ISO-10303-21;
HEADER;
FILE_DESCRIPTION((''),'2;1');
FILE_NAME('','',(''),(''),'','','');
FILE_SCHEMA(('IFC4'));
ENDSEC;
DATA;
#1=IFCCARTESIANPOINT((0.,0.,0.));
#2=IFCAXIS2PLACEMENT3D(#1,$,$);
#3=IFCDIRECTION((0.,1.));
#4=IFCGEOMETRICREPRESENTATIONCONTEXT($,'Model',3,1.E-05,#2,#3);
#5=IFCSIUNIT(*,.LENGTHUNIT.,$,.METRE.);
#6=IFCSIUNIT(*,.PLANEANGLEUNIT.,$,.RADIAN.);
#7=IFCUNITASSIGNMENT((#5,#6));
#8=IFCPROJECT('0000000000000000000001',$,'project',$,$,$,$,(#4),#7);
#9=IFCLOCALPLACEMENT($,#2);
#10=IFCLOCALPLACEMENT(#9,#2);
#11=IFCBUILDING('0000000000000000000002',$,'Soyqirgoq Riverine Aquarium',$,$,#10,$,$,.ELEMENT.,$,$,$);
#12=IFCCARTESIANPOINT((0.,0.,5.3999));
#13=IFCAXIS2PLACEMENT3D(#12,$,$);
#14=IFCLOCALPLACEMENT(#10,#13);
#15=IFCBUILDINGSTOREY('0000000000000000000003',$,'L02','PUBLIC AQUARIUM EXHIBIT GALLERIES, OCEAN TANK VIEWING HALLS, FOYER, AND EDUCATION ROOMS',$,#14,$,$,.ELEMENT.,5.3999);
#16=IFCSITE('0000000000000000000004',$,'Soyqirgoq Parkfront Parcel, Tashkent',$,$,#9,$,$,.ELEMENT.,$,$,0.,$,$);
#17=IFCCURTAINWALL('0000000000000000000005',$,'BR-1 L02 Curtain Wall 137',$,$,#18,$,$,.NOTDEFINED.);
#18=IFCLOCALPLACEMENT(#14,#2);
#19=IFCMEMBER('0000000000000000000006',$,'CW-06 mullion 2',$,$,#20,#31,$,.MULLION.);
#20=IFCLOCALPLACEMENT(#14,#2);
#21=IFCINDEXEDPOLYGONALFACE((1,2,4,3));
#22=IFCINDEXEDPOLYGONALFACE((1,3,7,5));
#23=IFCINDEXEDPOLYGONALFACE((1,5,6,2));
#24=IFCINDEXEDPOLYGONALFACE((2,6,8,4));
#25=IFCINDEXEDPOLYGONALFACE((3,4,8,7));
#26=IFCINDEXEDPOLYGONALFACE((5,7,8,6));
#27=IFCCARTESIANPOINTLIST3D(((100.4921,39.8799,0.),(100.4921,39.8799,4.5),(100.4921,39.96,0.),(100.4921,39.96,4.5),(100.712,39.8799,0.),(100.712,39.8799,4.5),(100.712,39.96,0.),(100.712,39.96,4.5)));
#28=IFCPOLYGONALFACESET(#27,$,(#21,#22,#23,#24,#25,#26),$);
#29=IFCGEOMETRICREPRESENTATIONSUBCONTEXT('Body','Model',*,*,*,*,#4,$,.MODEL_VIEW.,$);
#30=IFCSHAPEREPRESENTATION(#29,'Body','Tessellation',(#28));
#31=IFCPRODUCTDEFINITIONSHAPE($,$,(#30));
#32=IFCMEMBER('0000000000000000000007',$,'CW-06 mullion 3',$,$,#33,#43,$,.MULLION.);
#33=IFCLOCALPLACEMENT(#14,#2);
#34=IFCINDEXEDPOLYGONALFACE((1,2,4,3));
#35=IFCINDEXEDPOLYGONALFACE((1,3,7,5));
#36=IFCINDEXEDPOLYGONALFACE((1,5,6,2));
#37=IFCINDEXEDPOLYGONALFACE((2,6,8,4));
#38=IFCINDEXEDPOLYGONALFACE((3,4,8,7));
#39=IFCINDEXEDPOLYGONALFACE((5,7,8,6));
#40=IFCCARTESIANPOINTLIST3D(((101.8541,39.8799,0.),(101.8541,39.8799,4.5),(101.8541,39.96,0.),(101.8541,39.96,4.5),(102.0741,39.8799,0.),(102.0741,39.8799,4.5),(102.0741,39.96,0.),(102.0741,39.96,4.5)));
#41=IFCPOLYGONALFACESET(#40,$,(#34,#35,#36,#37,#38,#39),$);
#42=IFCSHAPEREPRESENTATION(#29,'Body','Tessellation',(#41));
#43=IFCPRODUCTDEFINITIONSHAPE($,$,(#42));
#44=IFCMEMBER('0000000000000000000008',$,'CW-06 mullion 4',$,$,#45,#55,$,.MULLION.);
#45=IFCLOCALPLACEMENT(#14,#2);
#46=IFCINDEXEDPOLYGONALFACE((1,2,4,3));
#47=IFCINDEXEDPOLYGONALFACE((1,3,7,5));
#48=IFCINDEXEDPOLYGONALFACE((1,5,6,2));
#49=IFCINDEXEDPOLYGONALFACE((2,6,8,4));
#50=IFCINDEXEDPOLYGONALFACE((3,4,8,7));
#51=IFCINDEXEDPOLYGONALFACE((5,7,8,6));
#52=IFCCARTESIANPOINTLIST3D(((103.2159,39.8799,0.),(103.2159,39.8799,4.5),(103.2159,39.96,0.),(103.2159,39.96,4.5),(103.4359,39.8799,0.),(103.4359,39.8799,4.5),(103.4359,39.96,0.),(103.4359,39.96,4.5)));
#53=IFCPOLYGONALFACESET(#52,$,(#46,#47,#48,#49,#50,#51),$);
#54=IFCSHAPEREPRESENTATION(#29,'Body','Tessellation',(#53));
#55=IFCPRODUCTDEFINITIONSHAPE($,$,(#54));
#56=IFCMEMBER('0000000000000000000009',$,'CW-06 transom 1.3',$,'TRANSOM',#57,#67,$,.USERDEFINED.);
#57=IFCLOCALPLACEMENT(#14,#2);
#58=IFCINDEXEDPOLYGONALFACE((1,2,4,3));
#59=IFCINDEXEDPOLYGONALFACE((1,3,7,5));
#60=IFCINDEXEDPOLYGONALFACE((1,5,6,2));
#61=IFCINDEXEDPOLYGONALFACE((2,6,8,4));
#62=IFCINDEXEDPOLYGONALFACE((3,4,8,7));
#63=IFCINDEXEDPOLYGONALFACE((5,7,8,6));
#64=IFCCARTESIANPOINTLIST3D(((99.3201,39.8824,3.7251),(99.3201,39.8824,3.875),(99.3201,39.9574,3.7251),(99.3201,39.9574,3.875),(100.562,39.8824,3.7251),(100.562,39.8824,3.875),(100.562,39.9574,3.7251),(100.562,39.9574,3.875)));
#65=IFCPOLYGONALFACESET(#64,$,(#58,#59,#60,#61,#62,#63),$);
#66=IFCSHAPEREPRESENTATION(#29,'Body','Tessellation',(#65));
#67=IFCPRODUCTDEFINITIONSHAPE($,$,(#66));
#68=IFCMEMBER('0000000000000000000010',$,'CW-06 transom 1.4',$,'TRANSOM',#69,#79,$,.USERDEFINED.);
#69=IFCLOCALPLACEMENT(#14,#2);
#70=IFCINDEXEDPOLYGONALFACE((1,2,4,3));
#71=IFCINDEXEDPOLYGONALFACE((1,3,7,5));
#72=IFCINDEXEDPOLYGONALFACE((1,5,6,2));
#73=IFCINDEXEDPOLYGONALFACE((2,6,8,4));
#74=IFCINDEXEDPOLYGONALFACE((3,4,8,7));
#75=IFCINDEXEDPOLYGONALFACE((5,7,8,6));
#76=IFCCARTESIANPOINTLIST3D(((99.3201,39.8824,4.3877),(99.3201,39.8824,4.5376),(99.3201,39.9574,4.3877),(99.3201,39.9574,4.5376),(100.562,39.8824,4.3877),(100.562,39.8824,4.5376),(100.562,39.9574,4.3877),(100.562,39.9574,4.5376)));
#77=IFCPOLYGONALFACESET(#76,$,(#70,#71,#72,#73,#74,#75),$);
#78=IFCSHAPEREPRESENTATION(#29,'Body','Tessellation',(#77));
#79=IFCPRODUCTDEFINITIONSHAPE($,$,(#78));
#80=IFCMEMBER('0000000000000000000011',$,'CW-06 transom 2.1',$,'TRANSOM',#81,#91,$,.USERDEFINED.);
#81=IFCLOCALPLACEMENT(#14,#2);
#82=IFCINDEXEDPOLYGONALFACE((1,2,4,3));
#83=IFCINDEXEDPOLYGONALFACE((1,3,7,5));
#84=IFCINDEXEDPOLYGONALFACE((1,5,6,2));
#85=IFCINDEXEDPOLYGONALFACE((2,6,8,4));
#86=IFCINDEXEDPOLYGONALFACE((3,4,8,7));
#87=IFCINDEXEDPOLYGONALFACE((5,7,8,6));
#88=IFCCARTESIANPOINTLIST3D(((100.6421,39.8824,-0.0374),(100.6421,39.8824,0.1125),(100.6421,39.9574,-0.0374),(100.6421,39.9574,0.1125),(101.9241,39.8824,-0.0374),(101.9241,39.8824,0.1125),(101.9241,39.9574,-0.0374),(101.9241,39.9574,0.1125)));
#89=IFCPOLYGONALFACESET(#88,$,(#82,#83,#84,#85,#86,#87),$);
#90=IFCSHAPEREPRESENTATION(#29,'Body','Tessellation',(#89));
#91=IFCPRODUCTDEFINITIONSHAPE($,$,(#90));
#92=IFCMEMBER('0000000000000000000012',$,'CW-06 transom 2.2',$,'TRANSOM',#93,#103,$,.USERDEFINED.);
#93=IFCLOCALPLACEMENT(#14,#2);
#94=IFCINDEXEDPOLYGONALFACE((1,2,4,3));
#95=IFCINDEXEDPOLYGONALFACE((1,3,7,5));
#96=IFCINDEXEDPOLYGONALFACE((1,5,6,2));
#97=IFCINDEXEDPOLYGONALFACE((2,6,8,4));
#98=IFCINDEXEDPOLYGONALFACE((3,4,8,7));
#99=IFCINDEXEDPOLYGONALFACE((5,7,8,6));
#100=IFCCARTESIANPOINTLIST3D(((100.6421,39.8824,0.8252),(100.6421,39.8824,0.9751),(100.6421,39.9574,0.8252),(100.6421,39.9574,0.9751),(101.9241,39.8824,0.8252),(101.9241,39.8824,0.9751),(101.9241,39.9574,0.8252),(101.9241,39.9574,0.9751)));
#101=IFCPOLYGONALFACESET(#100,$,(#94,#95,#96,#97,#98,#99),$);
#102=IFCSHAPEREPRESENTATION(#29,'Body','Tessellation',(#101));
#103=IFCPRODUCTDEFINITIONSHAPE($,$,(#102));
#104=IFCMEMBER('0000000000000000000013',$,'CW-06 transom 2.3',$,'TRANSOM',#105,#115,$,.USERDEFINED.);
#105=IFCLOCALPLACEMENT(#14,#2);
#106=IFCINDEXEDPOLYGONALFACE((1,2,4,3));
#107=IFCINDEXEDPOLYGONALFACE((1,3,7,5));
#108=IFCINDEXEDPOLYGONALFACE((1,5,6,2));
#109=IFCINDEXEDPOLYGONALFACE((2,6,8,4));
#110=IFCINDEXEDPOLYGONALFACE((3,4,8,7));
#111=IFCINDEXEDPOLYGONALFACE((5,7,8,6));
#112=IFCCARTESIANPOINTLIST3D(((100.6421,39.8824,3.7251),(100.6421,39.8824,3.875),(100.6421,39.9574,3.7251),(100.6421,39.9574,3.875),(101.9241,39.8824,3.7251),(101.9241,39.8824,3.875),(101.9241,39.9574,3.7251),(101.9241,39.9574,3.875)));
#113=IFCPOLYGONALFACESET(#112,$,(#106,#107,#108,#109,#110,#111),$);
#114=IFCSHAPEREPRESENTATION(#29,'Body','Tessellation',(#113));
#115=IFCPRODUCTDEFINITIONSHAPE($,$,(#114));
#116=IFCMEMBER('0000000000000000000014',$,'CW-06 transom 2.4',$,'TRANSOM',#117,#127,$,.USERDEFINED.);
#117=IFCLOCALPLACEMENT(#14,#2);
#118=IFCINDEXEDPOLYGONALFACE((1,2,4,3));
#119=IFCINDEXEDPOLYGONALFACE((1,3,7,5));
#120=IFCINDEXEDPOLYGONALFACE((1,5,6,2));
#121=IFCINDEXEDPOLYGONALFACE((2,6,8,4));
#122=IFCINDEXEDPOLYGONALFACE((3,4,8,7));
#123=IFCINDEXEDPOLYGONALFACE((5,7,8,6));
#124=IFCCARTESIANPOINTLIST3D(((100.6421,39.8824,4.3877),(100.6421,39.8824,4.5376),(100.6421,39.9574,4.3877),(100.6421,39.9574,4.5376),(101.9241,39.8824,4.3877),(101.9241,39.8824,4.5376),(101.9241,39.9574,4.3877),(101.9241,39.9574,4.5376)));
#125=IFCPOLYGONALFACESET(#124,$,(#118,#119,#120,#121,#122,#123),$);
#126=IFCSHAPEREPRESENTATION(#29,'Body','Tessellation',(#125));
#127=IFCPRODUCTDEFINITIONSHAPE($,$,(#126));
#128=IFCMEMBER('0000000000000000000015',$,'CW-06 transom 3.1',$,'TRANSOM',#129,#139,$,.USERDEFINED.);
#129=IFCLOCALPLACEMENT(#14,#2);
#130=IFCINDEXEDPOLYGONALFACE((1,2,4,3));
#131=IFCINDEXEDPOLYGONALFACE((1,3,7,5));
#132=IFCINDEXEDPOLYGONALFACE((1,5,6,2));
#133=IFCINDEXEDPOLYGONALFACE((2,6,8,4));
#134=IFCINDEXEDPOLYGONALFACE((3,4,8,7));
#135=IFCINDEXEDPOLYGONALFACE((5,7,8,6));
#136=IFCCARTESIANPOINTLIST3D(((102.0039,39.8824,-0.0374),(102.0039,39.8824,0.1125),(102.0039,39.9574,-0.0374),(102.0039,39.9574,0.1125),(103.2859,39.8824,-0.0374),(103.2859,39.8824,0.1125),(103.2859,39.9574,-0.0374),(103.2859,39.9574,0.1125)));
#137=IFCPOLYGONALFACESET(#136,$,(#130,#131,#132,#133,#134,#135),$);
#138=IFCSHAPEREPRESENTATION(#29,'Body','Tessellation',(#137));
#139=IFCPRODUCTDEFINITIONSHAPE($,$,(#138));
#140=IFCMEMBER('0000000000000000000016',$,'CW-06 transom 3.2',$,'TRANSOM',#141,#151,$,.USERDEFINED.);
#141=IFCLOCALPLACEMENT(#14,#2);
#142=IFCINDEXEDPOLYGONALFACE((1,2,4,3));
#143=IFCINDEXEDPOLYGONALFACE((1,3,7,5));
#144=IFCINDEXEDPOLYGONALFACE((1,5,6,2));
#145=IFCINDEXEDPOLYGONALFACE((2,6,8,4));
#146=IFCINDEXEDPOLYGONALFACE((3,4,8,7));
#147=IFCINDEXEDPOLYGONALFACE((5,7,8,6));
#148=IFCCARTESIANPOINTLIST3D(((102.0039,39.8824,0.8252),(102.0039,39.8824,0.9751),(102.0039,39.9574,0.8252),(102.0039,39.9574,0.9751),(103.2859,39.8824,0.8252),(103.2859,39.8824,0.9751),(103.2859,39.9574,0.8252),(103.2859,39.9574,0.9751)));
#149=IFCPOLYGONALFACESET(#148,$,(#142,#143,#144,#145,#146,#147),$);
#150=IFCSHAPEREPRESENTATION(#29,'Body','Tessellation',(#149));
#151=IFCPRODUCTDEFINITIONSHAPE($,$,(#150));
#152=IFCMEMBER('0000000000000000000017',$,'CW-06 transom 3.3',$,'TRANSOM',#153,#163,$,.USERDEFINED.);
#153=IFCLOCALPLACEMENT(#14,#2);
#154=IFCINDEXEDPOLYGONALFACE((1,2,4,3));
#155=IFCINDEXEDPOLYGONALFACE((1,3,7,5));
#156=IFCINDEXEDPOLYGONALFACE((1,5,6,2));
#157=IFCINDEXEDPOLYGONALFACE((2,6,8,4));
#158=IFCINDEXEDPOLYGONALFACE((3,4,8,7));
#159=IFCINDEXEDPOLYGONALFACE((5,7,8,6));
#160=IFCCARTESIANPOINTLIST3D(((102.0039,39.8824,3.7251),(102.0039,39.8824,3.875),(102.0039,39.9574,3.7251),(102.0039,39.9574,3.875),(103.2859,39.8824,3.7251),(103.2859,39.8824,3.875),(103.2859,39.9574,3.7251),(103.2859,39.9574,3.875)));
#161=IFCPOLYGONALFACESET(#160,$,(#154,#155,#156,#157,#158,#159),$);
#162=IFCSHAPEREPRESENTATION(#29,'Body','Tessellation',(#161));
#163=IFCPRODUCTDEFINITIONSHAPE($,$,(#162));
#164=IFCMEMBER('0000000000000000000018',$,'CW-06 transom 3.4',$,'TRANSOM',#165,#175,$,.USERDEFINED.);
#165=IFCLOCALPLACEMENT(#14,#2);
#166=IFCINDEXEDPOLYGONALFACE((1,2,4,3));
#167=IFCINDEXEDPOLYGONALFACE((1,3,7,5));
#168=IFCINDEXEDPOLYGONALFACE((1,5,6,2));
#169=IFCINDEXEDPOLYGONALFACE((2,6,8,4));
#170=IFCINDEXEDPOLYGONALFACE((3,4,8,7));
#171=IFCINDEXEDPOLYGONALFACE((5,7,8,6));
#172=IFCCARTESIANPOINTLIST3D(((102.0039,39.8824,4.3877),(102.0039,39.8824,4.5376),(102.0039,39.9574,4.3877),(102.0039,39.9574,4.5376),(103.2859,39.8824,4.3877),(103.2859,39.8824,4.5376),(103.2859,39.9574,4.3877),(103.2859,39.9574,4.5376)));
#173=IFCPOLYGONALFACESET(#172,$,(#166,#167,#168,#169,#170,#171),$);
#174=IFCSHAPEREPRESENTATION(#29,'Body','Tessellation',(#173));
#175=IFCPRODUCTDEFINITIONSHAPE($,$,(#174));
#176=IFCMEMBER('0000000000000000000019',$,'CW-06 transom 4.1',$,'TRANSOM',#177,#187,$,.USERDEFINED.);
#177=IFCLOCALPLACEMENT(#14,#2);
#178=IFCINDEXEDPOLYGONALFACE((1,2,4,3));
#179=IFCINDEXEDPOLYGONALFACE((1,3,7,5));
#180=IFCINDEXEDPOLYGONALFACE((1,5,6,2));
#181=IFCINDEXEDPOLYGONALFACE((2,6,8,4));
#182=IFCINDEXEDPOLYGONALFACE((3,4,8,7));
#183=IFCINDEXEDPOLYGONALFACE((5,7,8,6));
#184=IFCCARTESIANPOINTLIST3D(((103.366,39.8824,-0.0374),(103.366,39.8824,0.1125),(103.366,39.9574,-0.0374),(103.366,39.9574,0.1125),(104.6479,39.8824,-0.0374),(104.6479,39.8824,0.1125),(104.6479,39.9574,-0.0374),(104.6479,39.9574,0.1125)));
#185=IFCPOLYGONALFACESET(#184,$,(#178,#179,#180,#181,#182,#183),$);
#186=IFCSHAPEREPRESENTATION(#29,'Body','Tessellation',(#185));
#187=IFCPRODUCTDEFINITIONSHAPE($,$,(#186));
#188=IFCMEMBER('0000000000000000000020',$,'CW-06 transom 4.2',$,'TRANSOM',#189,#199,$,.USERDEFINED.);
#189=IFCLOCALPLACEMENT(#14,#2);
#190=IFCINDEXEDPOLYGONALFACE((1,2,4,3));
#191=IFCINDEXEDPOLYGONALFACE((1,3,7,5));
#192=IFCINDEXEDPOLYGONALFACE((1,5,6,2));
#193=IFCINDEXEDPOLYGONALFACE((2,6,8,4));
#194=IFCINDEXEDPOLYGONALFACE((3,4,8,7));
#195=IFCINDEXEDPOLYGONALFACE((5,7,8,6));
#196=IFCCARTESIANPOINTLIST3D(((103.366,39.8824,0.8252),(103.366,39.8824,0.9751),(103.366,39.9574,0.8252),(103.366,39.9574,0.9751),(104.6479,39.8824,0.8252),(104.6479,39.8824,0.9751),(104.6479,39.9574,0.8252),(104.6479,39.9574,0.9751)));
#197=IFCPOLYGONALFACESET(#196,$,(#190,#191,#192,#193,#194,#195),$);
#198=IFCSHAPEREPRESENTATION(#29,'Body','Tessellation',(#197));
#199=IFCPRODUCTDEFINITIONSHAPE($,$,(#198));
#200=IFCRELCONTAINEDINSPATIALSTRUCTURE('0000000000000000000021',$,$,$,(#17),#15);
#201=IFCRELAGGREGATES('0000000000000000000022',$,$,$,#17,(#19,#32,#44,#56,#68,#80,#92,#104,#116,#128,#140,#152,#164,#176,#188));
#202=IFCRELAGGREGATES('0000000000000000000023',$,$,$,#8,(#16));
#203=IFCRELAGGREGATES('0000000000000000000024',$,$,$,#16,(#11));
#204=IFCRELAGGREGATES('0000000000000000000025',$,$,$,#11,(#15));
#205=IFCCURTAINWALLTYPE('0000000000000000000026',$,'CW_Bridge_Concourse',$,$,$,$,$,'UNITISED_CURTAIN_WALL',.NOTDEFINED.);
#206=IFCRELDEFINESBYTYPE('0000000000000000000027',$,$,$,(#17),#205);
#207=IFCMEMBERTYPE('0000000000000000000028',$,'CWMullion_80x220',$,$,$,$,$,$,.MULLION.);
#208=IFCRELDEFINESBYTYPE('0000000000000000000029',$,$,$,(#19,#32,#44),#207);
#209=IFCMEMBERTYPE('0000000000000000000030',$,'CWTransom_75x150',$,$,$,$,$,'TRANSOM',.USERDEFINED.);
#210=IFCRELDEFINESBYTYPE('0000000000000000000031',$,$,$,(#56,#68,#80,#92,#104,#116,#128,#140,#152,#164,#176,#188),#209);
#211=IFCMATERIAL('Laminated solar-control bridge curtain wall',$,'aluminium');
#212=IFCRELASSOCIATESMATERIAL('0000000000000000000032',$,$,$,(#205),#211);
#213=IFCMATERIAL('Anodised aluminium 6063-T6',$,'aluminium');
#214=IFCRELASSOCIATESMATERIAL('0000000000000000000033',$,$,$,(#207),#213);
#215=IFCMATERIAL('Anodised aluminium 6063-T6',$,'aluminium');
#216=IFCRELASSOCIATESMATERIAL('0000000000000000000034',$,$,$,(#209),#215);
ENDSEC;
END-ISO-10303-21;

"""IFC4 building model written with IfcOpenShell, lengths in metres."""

from ifc_helpers import new_model, si_unit, direction, frame, origin, origin_2d, place, context, subcontext, project, spatial, rectangle, extrude, material, material_profile, profile_set, type_object, element, aggregate, save


model = new_model("IFC4")

# Units and contexts
model_context = context("Model", 3, precision=1e-05, world=origin(), true_north=direction((0.0, 1.0)))
body_context = subcontext(model_context, "Body", "Model", "MODEL_VIEW")
ifc_project = project(units=[si_unit("LENGTHUNIT", "METRE"), si_unit("PLANEANGLEUNIT", "RADIAN")], contexts=[model_context])

# Site, building, storey
site_placement = place(None, origin())
site = spatial("IfcSite", under=ifc_project, at=site_placement, Name="Soyqirgoq Parkfront Parcel, Tashkent", CompositionType="ELEMENT", RefElevation=0.0)
building_placement = place(site_placement, origin())
building = spatial("IfcBuilding", under=site, at=building_placement, Name="Soyqirgoq Riverine Aquarium", CompositionType="ELEMENT")
storey_placement = place(building_placement, frame((0.0, 0.0, 5.3999)))
storey = spatial("IfcBuildingStorey", under=building, at=storey_placement, Name="L02", Description="PUBLIC AQUARIUM EXHIBIT GALLERIES, OCEAN TANK VIEWING HALLS, FOYER, AND EDUCATION ROOMS", CompositionType="ELEMENT", Elevation=5.3999)

# Curtain wall, members
ifc_material_1 = material(Name="Laminated solar-control bridge curtain wall", Category="aluminium")
curtain_wall_type = type_object("IfcCurtainWallType", Name="CW_Bridge_Concourse", ElementType="UNITISED_CURTAIN_WALL", PredefinedType="NOTDEFINED", material=ifc_material_1)
curtain_wall_placement = place(storey_placement, origin())
curtain_wall = element("IfcCurtainWall", 1, at=curtain_wall_placement, inside=storey, type_object=curtain_wall_type, Name="BR-1 L02 Curtain Wall 137", PredefinedType="NOTDEFINED")
ifc_material_2 = material(Name="Anodised aluminium 6063-T6", Category="aluminium")
ifc_material_profile_1 = material_profile(ifc_material_2, rectangle(XDim=0.0801, YDim=0.22, at=origin_2d()), Name="ALU-M 80x220")
ifc_profile_set_1 = profile_set([ifc_material_profile_1], Name="Anodised aluminium 6063-T6")
member_type_1 = type_object("IfcMemberType", Name="CWMullion_80x220", PredefinedType="MULLION", material=ifc_profile_set_1)
member_1_placement = place(storey_placement, frame((100.6021, 39.9199, 0.0), z_axis=(0.0, 0.0, 1.0), x_axis=(0.0, 1.0, 0.0)))
member_1 = element("IfcMember", 2, at=member_1_placement, type_object=member_type_1, Name="CW-06 mullion 2", PredefinedType="MULLION", context=body_context, shape_type="SweptSolid", body=[
    extrude(rectangle(XDim=0.0801, YDim=0.22, at=origin_2d()), origin(), (0.0, 0.0, 1.0), 4.5),
])
member_2_placement = place(storey_placement, frame((101.9641, 39.9199, 0.0), z_axis=(0.0, 0.0, 1.0), x_axis=(0.0, 1.0, 0.0)))
member_2 = element("IfcMember", 3, at=member_2_placement, type_object=member_type_1, Name="CW-06 mullion 3", PredefinedType="MULLION", context=body_context, shape_type="SweptSolid", body=[
    extrude(rectangle(XDim=0.0801, YDim=0.22, at=origin_2d()), origin(), (0.0, 0.0, 1.0), 4.5),
])
member_3_placement = place(storey_placement, frame((103.3259, 39.9199, 0.0), z_axis=(0.0, 0.0, 1.0), x_axis=(0.0, 1.0, 0.0)))
member_3 = element("IfcMember", 4, at=member_3_placement, type_object=member_type_1, Name="CW-06 mullion 4", PredefinedType="MULLION", context=body_context, shape_type="SweptSolid", body=[
    extrude(rectangle(XDim=0.0801, YDim=0.22, at=origin_2d()), origin(), (0.0, 0.0, 1.0), 4.5),
])
ifc_material_3 = material(Name="Anodised aluminium 6063-T6", Category="aluminium")
ifc_material_profile_2 = material_profile(ifc_material_3, rectangle(XDim=0.075, YDim=0.1499, at=origin_2d()), Name="ALU-T 75x150")
ifc_profile_set_2 = profile_set([ifc_material_profile_2], Name="Anodised aluminium 6063-T6")
member_type_2 = type_object("IfcMemberType", Name="CWTransom_75x150", ElementType="TRANSOM", PredefinedType="USERDEFINED", material=ifc_profile_set_2)
member_4_placement = place(storey_placement, frame((99.3201, 39.9199, 3.8), z_axis=(1.0, 0.0, 0.0), x_axis=(0.0, 1.0, 0.0)))
member_4 = element("IfcMember", 5, at=member_4_placement, type_object=member_type_2, Name="CW-06 transom 1.3", ObjectType="TRANSOM", PredefinedType="USERDEFINED", context=body_context, shape_type="SweptSolid", body=[
    extrude(rectangle(XDim=0.075, YDim=0.1499, at=origin_2d()), origin(), (0.0, 0.0, 1.0), 1.2419),
])
member_5_placement = place(storey_placement, frame((99.3201, 39.9199, 4.4626), z_axis=(1.0, 0.0, 0.0), x_axis=(0.0, 1.0, 0.0)))
member_5 = element("IfcMember", 6, at=member_5_placement, type_object=member_type_2, Name="CW-06 transom 1.4", ObjectType="TRANSOM", PredefinedType="USERDEFINED", context=body_context, shape_type="SweptSolid", body=[
    extrude(rectangle(XDim=0.075, YDim=0.1499, at=origin_2d()), origin(), (0.0, 0.0, 1.0), 1.2419),
])
member_6_placement = place(storey_placement, frame((100.6421, 39.9199, 0.0376), z_axis=(1.0, 0.0, 0.0), x_axis=(0.0, 1.0, 0.0)))
member_6 = element("IfcMember", 7, at=member_6_placement, type_object=member_type_2, Name="CW-06 transom 2.1", ObjectType="TRANSOM", PredefinedType="USERDEFINED", context=body_context, shape_type="SweptSolid", body=[
    extrude(rectangle(XDim=0.075, YDim=0.1499, at=origin_2d()), origin(), (0.0, 0.0, 1.0), 1.282),
])
member_7_placement = place(storey_placement, frame((100.6421, 39.9199, 0.9001), z_axis=(1.0, 0.0, 0.0), x_axis=(0.0, 1.0, 0.0)))
member_7 = element("IfcMember", 8, at=member_7_placement, type_object=member_type_2, Name="CW-06 transom 2.2", ObjectType="TRANSOM", PredefinedType="USERDEFINED", context=body_context, shape_type="SweptSolid", body=[
    extrude(rectangle(XDim=0.075, YDim=0.1499, at=origin_2d()), origin(), (0.0, 0.0, 1.0), 1.282),
])
member_8_placement = place(storey_placement, frame((100.6421, 39.9199, 3.8), z_axis=(1.0, 0.0, 0.0), x_axis=(0.0, 1.0, 0.0)))
member_8 = element("IfcMember", 9, at=member_8_placement, type_object=member_type_2, Name="CW-06 transom 2.3", ObjectType="TRANSOM", PredefinedType="USERDEFINED", context=body_context, shape_type="SweptSolid", body=[
    extrude(rectangle(XDim=0.075, YDim=0.1499, at=origin_2d()), origin(), (0.0, 0.0, 1.0), 1.282),
])
member_9_placement = place(storey_placement, frame((100.6421, 39.9199, 4.4626), z_axis=(1.0, 0.0, 0.0), x_axis=(0.0, 1.0, 0.0)))
member_9 = element("IfcMember", 10, at=member_9_placement, type_object=member_type_2, Name="CW-06 transom 2.4", ObjectType="TRANSOM", PredefinedType="USERDEFINED", context=body_context, shape_type="SweptSolid", body=[
    extrude(rectangle(XDim=0.075, YDim=0.1499, at=origin_2d()), origin(), (0.0, 0.0, 1.0), 1.282),
])
member_10_placement = place(storey_placement, frame((102.0039, 39.9199, 0.0376), z_axis=(1.0, 0.0, 0.0), x_axis=(0.0, 1.0, 0.0)))
member_10 = element("IfcMember", 11, at=member_10_placement, type_object=member_type_2, Name="CW-06 transom 3.1", ObjectType="TRANSOM", PredefinedType="USERDEFINED", context=body_context, shape_type="SweptSolid", body=[
    extrude(rectangle(XDim=0.075, YDim=0.1499, at=origin_2d()), origin(), (0.0, 0.0, 1.0), 1.282),
])
member_11_placement = place(storey_placement, frame((102.0039, 39.9199, 0.9001), z_axis=(1.0, 0.0, 0.0), x_axis=(0.0, 1.0, 0.0)))
member_11 = element("IfcMember", 12, at=member_11_placement, type_object=member_type_2, Name="CW-06 transom 3.2", ObjectType="TRANSOM", PredefinedType="USERDEFINED", context=body_context, shape_type="SweptSolid", body=[
    extrude(rectangle(XDim=0.075, YDim=0.1499, at=origin_2d()), origin(), (0.0, 0.0, 1.0), 1.282),
])
member_12_placement = place(storey_placement, frame((102.0039, 39.9199, 3.8), z_axis=(1.0, 0.0, 0.0), x_axis=(0.0, 1.0, 0.0)))
member_12 = element("IfcMember", 13, at=member_12_placement, type_object=member_type_2, Name="CW-06 transom 3.3", ObjectType="TRANSOM", PredefinedType="USERDEFINED", context=body_context, shape_type="SweptSolid", body=[
    extrude(rectangle(XDim=0.075, YDim=0.1499, at=origin_2d()), origin(), (0.0, 0.0, 1.0), 1.282),
])
member_13_placement = place(storey_placement, frame((102.0039, 39.9199, 4.4626), z_axis=(1.0, 0.0, 0.0), x_axis=(0.0, 1.0, 0.0)))
member_13 = element("IfcMember", 14, at=member_13_placement, type_object=member_type_2, Name="CW-06 transom 3.4", ObjectType="TRANSOM", PredefinedType="USERDEFINED", context=body_context, shape_type="SweptSolid", body=[
    extrude(rectangle(XDim=0.075, YDim=0.1499, at=origin_2d()), origin(), (0.0, 0.0, 1.0), 1.282),
])
member_14_placement = place(storey_placement, frame((103.366, 39.9199, 0.0376), z_axis=(1.0, 0.0, 0.0), x_axis=(0.0, 1.0, 0.0)))
member_14 = element("IfcMember", 15, at=member_14_placement, type_object=member_type_2, Name="CW-06 transom 4.1", ObjectType="TRANSOM", PredefinedType="USERDEFINED", context=body_context, shape_type="SweptSolid", body=[
    extrude(rectangle(XDim=0.075, YDim=0.1499, at=origin_2d()), origin(), (0.0, 0.0, 1.0), 1.282),
])
member_15_placement = place(storey_placement, frame((103.366, 39.9199, 0.9001), z_axis=(1.0, 0.0, 0.0), x_axis=(0.0, 1.0, 0.0)))
member_15 = element("IfcMember", 16, at=member_15_placement, type_object=member_type_2, Name="CW-06 transom 4.2", ObjectType="TRANSOM", PredefinedType="USERDEFINED", context=body_context, shape_type="SweptSolid", body=[
    extrude(rectangle(XDim=0.075, YDim=0.1499, at=origin_2d()), origin(), (0.0, 0.0, 1.0), 1.282),
])
aggregate(curtain_wall, [member_1, member_2, member_3, member_4, member_5, member_6, member_7, member_8, member_9, member_10, member_11, member_12, member_13, member_14, member_15])

save(model, "model.ifc")
